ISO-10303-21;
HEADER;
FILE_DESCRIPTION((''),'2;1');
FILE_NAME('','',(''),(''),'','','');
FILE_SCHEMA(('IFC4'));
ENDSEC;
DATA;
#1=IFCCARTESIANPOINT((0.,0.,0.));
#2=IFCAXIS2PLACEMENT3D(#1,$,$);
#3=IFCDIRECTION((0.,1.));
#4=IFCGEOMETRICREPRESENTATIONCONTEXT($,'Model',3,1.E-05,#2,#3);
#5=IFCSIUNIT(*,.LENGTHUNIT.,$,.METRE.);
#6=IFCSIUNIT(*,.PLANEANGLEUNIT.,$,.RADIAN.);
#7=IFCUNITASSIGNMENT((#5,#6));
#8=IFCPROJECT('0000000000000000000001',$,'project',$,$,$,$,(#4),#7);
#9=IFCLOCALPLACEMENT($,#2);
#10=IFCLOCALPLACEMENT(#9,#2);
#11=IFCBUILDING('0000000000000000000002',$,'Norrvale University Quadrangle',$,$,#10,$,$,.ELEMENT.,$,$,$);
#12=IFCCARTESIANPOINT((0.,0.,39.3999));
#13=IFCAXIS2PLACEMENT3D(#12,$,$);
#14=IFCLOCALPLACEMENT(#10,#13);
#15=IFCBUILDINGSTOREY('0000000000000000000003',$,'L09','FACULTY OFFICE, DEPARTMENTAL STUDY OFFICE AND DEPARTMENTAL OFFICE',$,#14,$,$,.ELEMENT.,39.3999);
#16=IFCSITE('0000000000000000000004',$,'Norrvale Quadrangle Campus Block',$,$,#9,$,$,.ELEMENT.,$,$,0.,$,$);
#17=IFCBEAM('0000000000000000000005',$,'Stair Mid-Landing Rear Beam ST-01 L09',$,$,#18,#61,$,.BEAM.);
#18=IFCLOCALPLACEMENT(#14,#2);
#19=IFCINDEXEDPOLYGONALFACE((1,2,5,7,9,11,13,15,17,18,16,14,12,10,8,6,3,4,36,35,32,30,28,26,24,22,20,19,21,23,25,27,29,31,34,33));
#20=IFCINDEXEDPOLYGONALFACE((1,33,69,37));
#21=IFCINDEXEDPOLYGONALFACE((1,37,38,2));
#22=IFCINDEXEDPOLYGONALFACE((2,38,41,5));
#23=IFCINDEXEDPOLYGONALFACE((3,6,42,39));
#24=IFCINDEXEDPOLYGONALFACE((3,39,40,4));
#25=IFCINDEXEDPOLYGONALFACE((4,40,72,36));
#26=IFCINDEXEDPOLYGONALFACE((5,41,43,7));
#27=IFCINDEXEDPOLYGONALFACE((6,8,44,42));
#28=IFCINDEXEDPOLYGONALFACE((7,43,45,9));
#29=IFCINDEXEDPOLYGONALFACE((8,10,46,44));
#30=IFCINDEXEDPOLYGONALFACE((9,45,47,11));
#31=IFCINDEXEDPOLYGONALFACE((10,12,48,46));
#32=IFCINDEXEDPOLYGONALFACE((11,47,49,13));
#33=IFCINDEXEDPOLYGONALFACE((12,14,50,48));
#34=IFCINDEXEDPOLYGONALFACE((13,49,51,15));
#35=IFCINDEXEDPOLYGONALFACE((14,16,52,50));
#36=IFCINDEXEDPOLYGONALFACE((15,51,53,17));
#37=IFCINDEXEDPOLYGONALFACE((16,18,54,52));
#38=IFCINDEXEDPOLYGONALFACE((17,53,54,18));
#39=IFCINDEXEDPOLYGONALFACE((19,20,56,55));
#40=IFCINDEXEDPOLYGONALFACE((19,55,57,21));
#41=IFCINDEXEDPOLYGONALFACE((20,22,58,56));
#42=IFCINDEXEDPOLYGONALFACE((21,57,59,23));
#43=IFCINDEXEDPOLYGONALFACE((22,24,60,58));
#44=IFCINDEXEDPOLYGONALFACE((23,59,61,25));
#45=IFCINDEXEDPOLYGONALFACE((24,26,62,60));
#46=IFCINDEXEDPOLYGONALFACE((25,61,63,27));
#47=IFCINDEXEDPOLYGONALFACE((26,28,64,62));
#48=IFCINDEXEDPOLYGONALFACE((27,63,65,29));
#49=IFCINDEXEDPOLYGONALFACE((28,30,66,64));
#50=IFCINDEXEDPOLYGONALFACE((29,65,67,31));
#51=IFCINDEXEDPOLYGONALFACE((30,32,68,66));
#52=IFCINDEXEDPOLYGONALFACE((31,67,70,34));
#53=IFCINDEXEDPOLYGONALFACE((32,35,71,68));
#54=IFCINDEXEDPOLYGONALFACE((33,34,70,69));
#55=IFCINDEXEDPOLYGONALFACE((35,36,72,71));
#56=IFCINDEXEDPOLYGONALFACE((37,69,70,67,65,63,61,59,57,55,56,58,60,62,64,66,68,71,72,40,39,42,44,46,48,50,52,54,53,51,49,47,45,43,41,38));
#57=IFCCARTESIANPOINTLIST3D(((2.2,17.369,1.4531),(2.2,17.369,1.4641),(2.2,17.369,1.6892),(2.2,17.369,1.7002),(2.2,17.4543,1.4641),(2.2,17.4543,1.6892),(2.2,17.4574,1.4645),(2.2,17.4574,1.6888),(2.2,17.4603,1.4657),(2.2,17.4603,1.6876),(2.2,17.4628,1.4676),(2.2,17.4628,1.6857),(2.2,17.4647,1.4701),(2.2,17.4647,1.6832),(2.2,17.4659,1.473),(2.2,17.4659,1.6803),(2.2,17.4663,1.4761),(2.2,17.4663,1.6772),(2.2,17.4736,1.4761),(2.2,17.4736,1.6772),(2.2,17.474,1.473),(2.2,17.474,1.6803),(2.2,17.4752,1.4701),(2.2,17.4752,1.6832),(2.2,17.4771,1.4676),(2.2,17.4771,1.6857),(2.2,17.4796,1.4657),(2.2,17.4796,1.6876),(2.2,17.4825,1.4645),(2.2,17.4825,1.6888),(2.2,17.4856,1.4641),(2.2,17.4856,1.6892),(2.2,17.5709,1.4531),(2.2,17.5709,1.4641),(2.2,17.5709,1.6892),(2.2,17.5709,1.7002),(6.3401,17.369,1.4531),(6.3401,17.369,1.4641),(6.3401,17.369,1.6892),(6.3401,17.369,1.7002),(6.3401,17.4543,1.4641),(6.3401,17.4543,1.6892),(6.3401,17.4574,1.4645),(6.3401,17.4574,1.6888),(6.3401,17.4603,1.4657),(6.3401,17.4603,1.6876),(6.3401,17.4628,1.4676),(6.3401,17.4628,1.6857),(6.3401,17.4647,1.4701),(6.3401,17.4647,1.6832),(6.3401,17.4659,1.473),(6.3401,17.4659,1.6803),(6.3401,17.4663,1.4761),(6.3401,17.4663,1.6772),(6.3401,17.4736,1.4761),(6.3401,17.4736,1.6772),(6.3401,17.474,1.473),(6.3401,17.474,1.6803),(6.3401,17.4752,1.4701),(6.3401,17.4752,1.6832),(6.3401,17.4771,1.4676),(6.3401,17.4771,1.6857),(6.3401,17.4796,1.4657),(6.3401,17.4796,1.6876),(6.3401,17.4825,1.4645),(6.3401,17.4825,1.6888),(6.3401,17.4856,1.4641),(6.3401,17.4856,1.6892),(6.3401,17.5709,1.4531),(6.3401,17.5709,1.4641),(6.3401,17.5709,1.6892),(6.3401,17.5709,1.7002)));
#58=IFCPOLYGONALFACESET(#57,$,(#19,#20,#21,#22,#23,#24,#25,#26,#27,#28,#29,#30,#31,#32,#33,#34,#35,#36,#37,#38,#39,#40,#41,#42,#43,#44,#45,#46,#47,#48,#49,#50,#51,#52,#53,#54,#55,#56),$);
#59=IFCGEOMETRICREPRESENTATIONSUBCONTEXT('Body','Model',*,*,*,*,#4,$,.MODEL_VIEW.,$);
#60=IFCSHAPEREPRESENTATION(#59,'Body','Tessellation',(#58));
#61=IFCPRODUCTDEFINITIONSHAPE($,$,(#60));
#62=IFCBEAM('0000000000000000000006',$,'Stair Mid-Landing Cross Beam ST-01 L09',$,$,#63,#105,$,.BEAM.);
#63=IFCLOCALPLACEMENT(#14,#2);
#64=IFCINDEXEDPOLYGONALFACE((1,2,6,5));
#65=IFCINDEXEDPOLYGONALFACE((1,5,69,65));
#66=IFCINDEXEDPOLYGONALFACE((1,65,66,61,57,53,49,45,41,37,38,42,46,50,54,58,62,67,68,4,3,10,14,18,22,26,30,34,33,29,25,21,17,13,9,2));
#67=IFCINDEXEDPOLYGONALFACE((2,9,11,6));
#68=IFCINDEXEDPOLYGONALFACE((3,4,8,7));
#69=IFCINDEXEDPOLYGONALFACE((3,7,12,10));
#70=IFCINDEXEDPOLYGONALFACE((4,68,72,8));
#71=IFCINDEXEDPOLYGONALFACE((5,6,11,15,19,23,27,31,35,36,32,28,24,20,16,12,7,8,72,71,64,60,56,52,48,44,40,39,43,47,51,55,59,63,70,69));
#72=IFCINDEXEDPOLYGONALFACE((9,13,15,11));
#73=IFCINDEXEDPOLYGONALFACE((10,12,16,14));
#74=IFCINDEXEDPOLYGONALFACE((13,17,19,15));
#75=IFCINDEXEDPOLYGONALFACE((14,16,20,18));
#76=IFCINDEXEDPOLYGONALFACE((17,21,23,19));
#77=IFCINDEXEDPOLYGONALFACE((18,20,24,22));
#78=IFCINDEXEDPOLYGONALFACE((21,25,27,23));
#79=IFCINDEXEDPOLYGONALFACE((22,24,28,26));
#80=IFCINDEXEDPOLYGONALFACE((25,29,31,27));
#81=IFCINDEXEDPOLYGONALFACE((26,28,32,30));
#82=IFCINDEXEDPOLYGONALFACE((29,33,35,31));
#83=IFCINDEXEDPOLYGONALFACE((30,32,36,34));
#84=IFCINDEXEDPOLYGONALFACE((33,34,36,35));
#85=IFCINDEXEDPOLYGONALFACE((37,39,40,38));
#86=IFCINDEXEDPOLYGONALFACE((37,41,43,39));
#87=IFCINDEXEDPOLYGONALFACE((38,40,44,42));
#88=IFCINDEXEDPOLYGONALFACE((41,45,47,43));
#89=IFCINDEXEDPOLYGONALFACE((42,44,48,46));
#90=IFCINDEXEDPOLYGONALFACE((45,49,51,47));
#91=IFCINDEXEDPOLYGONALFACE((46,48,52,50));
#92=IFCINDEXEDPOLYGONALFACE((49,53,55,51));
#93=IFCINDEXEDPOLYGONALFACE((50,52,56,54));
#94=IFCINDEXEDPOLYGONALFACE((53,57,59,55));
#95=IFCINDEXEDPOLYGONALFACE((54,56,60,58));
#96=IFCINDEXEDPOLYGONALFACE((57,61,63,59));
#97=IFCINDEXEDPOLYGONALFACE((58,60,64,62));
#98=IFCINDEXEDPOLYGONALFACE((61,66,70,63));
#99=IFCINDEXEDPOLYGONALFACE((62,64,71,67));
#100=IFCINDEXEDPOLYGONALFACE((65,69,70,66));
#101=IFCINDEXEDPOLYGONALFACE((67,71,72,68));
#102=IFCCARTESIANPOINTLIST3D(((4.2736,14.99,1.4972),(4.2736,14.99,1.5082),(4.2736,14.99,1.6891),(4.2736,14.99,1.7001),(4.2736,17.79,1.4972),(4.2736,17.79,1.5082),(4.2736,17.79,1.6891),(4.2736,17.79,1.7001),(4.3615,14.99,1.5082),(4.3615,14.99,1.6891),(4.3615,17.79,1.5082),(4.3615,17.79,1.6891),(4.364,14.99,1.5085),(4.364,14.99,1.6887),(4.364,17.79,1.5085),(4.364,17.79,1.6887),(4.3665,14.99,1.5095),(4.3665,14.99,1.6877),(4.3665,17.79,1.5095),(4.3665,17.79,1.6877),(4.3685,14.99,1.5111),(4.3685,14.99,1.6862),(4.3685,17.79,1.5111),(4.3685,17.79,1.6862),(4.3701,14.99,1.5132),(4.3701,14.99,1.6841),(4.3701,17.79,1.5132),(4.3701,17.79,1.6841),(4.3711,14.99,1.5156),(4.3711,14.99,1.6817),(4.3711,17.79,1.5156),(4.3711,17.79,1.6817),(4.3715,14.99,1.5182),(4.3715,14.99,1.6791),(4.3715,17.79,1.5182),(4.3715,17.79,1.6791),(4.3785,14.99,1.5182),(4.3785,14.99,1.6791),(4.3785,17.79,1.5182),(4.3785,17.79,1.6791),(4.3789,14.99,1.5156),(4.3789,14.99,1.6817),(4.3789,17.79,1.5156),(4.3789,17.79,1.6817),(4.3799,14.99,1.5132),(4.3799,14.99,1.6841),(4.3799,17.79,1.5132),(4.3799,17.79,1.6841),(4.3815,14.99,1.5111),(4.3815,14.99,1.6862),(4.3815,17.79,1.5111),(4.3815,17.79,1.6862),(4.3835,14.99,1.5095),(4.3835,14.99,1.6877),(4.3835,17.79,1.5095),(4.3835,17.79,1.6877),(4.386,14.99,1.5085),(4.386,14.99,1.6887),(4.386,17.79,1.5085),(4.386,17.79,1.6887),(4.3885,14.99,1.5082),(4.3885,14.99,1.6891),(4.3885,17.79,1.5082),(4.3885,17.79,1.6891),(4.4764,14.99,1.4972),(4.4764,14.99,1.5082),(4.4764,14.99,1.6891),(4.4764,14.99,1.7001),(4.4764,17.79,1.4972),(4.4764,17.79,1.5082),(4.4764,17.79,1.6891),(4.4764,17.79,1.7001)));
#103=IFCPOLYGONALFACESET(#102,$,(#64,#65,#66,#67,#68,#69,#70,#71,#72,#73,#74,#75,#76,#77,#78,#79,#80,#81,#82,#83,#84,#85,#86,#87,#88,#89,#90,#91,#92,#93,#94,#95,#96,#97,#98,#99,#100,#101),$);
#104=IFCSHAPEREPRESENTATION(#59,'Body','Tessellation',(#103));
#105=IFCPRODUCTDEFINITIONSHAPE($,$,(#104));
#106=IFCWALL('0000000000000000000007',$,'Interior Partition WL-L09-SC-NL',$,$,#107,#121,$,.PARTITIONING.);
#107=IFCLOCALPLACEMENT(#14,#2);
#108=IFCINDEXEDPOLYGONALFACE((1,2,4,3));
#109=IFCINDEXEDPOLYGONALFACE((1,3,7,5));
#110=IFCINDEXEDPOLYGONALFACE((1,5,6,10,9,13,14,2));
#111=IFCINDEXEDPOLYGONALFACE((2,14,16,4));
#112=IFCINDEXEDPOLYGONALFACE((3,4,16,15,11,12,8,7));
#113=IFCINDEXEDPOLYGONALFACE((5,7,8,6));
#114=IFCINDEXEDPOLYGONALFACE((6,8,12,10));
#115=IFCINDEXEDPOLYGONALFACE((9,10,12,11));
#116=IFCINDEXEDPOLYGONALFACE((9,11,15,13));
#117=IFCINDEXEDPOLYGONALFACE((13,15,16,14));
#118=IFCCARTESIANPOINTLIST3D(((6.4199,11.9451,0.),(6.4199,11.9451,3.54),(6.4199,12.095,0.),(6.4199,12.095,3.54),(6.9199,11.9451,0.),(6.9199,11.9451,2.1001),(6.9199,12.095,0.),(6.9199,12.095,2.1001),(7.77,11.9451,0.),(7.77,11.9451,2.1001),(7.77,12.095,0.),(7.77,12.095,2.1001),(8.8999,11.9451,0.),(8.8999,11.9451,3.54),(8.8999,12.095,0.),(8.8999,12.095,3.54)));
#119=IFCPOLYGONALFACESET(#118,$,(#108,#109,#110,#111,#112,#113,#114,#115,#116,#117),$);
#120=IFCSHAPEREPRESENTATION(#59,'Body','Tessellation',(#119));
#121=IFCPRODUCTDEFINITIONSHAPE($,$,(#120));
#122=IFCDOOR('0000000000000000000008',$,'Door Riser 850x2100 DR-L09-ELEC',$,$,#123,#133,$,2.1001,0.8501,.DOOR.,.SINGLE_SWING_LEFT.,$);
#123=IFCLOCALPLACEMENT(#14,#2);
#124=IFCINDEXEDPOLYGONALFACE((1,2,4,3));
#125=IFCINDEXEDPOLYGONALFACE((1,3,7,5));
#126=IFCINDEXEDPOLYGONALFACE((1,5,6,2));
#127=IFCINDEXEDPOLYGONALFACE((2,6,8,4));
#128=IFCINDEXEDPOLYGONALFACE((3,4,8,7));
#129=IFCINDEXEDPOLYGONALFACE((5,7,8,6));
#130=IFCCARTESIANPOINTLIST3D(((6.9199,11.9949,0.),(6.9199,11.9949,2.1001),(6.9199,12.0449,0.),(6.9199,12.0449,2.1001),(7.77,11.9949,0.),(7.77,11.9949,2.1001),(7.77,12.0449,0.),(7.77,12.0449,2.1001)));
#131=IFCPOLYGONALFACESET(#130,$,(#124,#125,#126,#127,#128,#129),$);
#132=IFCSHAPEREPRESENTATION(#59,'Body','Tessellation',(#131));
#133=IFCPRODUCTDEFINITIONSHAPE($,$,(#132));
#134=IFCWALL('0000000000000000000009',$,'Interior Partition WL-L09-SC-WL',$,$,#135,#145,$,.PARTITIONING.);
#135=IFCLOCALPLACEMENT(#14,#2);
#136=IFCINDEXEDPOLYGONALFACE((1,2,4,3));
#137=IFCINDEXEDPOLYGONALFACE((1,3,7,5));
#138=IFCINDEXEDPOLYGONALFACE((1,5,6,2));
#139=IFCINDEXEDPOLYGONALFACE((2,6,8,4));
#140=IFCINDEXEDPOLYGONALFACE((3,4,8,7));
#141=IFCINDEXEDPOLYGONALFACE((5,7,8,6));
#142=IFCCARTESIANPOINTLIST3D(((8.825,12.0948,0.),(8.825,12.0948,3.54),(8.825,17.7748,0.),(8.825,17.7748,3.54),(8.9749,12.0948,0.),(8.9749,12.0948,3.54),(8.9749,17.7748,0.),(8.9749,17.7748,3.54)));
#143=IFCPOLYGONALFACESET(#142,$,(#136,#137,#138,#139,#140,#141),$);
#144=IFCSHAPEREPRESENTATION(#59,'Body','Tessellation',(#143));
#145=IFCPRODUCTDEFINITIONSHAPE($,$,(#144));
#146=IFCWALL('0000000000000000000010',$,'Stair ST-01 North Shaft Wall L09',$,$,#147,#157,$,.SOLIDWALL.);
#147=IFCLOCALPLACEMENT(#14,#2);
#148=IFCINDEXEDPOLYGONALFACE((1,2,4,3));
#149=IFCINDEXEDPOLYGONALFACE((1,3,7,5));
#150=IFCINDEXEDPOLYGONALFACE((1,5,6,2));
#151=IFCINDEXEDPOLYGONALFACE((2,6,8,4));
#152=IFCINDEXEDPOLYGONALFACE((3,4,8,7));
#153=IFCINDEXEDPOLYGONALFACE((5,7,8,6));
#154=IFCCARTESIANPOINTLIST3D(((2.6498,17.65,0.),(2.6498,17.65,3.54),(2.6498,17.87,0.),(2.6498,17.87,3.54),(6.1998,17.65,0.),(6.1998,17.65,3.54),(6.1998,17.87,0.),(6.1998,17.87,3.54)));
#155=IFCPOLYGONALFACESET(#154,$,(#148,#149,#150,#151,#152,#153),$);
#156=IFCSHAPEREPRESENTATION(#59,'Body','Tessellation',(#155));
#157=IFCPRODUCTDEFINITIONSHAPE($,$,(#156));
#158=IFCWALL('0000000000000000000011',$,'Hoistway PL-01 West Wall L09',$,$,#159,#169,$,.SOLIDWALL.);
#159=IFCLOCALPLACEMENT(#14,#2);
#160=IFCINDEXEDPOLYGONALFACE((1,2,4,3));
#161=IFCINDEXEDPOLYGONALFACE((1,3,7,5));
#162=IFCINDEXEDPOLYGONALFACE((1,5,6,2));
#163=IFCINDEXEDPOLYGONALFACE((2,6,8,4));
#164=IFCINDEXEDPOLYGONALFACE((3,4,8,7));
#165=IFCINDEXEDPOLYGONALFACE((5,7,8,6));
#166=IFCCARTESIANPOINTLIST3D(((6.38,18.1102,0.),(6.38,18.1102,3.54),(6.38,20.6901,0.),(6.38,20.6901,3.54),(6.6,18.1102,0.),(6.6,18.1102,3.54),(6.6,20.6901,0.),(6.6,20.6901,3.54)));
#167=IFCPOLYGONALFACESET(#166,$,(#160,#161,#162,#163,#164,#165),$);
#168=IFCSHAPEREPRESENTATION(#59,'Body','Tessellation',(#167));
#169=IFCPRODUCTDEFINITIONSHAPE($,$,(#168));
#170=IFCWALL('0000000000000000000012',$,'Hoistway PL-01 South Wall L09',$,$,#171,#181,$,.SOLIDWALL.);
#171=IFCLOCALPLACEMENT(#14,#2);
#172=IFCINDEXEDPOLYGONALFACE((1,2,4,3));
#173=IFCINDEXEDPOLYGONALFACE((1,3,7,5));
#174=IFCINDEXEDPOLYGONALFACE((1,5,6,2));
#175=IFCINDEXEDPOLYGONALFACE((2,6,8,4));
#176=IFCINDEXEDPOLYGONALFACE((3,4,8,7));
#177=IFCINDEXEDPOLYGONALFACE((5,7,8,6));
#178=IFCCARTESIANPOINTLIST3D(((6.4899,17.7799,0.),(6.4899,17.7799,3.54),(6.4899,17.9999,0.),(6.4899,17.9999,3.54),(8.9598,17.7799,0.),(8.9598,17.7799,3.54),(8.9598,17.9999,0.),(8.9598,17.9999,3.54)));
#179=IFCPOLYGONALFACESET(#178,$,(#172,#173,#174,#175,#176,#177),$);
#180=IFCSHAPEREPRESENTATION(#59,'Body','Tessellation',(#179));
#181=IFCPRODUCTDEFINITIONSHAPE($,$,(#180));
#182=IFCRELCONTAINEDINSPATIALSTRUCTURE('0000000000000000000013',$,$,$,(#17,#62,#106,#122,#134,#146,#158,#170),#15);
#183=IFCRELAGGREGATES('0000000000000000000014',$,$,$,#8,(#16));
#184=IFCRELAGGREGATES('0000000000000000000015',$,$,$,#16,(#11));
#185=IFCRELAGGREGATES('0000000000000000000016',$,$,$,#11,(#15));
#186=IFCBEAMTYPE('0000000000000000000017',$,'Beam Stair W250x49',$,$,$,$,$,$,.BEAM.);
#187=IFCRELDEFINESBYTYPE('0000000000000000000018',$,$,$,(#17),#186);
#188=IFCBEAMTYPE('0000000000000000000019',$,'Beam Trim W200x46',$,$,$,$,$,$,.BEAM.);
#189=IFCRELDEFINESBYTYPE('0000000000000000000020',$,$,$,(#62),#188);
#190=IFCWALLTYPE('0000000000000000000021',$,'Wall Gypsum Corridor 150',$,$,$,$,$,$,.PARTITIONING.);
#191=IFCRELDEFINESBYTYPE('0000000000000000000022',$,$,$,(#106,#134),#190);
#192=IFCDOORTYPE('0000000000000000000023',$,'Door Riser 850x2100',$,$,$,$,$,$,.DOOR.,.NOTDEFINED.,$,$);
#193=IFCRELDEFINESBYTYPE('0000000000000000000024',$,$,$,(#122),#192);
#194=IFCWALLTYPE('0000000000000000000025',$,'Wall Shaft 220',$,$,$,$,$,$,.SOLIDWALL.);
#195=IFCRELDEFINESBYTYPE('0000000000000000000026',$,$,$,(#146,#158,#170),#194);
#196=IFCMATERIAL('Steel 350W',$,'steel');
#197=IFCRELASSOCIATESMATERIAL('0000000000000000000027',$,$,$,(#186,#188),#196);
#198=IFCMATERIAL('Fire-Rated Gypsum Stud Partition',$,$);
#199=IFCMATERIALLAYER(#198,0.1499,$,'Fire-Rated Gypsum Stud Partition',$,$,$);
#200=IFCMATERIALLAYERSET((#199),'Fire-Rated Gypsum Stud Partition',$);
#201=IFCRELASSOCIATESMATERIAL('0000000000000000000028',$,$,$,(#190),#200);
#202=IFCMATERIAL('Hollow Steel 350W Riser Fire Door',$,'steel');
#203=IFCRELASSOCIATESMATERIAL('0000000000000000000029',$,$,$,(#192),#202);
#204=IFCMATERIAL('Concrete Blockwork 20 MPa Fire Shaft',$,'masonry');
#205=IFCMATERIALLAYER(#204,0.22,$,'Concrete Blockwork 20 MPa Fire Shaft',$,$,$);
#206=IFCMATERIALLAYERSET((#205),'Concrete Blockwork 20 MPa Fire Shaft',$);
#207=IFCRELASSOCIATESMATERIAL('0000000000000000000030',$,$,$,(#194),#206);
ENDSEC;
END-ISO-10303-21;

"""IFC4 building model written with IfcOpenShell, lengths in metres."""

from ifc_helpers import new_model, si_unit, direction, frame, frame_2d, origin, origin_2d, place, context, subcontext, project, spatial, rectangle, i_section, extrude, material, layer, layer_set, material_profile, profile_set, type_object, element, fill, save


model = new_model("IFC4")

# Units and contexts
model_context = context("Model", 3, precision=1e-05, world=origin(), true_north=direction((0.0, 1.0)))
body_context = subcontext(model_context, "Body", "Model", "MODEL_VIEW")
ifc_project = project(units=[si_unit("LENGTHUNIT", "METRE"), si_unit("PLANEANGLEUNIT", "RADIAN")], contexts=[model_context])

# Site, building, storey
site_placement = place(None, origin())
site = spatial("IfcSite", under=ifc_project, at=site_placement, Name="Norrvale Quadrangle Campus Block", CompositionType="ELEMENT", RefElevation=0.0)
building_placement = place(site_placement, origin())
building = spatial("IfcBuilding", under=site, at=building_placement, Name="Norrvale University Quadrangle", CompositionType="ELEMENT")
storey_placement = place(building_placement, frame((0.0, 0.0, 39.3999)))
storey = spatial("IfcBuildingStorey", under=building, at=storey_placement, Name="L09", Description="FACULTY OFFICE, DEPARTMENTAL STUDY OFFICE AND DEPARTMENTAL OFFICE", CompositionType="ELEMENT", Elevation=39.3999)

# Beams
ifc_material_1 = material(Name="Steel 350W", Category="steel")
ifc_material_profile_1 = material_profile(ifc_material_1, i_section(OverallWidth=0.2019, OverallDepth=0.2471, WebThickness=0.0073, FlangeThickness=0.011, FilletRadius=0.012, at=origin_2d()), Name="Steel 350W")
ifc_profile_set_1 = profile_set([ifc_material_profile_1], Name="Steel 350W")
beam_type_1 = type_object("IfcBeamType", Name="Beam Stair W250x49", PredefinedType="BEAM", material=ifc_profile_set_1)
for number, where, z_axis, x_axis, name in (
    (1, (2.2, 17.47, 1.5767), (1.0, 0.0, 0.0), (0.0, 1.0, 0.0), "Stair Mid-Landing Rear Beam ST-01 L09"),
):
    element("IfcBeam", number, at=place(storey_placement, frame(where, z_axis=z_axis, x_axis=x_axis)), inside=storey, type_object=beam_type_1, Name=name, PredefinedType="BEAM", context=body_context, shape_type="SweptSolid", body=[
        extrude(i_section(OverallWidth=0.2019, OverallDepth=0.2471, WebThickness=0.0073, FlangeThickness=0.011, FilletRadius=0.012, at=origin_2d()), origin(), (0.0, 0.0, 1.0), 4.1401),
    ])
ifc_material_profile_2 = material_profile(ifc_material_1, i_section(OverallWidth=0.2029, OverallDepth=0.2029, WebThickness=0.0071, FlangeThickness=0.011, FilletRadius=0.01, at=origin_2d()), Name="Steel 350W")
ifc_profile_set_2 = profile_set([ifc_material_profile_2], Name="Steel 350W")
beam_type_2 = type_object("IfcBeamType", Name="Beam Trim W200x46", PredefinedType="BEAM", material=ifc_profile_set_2)
beam_1_placement = place(storey_placement, frame((4.375, 14.99, 1.5986), z_axis=(0.0, 1.0, 0.0), x_axis=(-1.0, 0.0, 0.0)))
element("IfcBeam", 2, at=beam_1_placement, inside=storey, type_object=beam_type_2, Name="Stair Mid-Landing Cross Beam ST-01 L09", PredefinedType="BEAM", context=body_context, shape_type="SweptSolid", body=[
    extrude(i_section(OverallWidth=0.2029, OverallDepth=0.2029, WebThickness=0.0071, FlangeThickness=0.011, FilletRadius=0.01, at=origin_2d()), origin(), (0.0, 0.0, 1.0), 2.8),
])

# Wall, opening, door
ifc_material_2 = material(Name="Fire-Rated Gypsum Stud Partition")
ifc_layer_1 = layer(ifc_material_2, 0.1499, Name="Fire-Rated Gypsum Stud Partition")
ifc_layer_set_1 = layer_set([ifc_layer_1], Name="Fire-Rated Gypsum Stud Partition")
wall_type_1 = type_object("IfcWallType", Name="Wall Gypsum Corridor 150", PredefinedType="PARTITIONING", material=ifc_layer_set_1)
wall_1_placement = place(storey_placement, frame((6.4199, 12.02, 0.0), z_axis=(0.0, 0.0, 1.0), x_axis=(1.0, 0.0, 0.0)))
wall_1 = element("IfcWall", 3, at=wall_1_placement, inside=storey, type_object=wall_type_1, Name="Interior Partition WL-L09-SC-NL", PredefinedType="PARTITIONING", context=body_context, shape_type="SweptSolid", body=[
    extrude(rectangle(XDim=2.48, YDim=0.1499, at=frame_2d((1.24, 0.0))), origin(), (0.0, 0.0, 1.0), 3.54),
])
opening_placement = place(wall_1_placement, frame((0.5, 0.0, 0.0)))
opening = element("IfcOpeningElement", 4, at=opening_placement, cuts=wall_1, PredefinedType="OPENING", context=body_context, shape_type="SweptSolid", body=[
    extrude(rectangle(XDim=0.8501, YDim=2.1001, at=frame_2d((0.425, 1.05))), frame((0.0, 0.0869, 0.0), z_axis=(0.0, -1.0, 0.0), x_axis=(1.0, 0.0, 0.0)), (0.0, 0.0, 1.0), 0.1738),
])
ifc_material_3 = material(Name="Hollow Steel 350W Riser Fire Door", Category="steel")
door_type = type_object("IfcDoorType", Name="Door Riser 850x2100", OperationType="NOTDEFINED", PredefinedType="DOOR", material=ifc_material_3)
door_placement = place(opening_placement, origin())
door = element("IfcDoor", 5, at=door_placement, inside=storey, type_object=door_type, Name="Door Riser 850x2100 DR-L09-ELEC", OperationType="SINGLE_SWING_LEFT", OverallHeight=2.1001, OverallWidth=0.8501, PredefinedType="DOOR", context=body_context, shape_type="SweptSolid", body=[
    extrude(rectangle(XDim=0.8501, YDim=2.1001, at=frame_2d((0.425, 1.05))), frame((0.0, 0.0249, 0.0), z_axis=(0.0, -1.0, 0.0), x_axis=(1.0, 0.0, 0.0)), (0.0, 0.0, 1.0), 0.05),
])
fill(opening, door)

# Walls
wall_2_placement = place(storey_placement, frame((8.8999, 12.095, 0.0), z_axis=(0.0, 0.0, 1.0), x_axis=(0.0, 1.0, 0.0)))
element("IfcWall", 6, at=wall_2_placement, inside=storey, type_object=wall_type_1, Name="Interior Partition WL-L09-SC-WL", PredefinedType="PARTITIONING", context=body_context, shape_type="SweptSolid", body=[
    extrude(rectangle(XDim=5.6799, YDim=0.1499, at=frame_2d((2.8398, 0.0))), origin(), (0.0, 0.0, 1.0), 3.54),
])
ifc_material_4 = material(Name="Concrete Blockwork 20 MPa Fire Shaft", Category="masonry")
ifc_layer_2 = layer(ifc_material_4, 0.22, Name="Concrete Blockwork 20 MPa Fire Shaft")
ifc_layer_set_2 = layer_set([ifc_layer_2], Name="Concrete Blockwork 20 MPa Fire Shaft")
wall_type_2 = type_object("IfcWallType", Name="Wall Shaft 220", PredefinedType="SOLIDWALL", material=ifc_layer_set_2)
wall_3_placement = place(storey_placement, frame((2.6499, 17.76, 0.0), z_axis=(0.0, 0.0, 1.0), x_axis=(1.0, 0.0, 0.0)))
element("IfcWall", 7, at=wall_3_placement, inside=storey, type_object=wall_type_2, Name="Stair ST-01 North Shaft Wall L09", PredefinedType="SOLIDWALL", context=body_context, shape_type="SweptSolid", body=[
    extrude(rectangle(XDim=3.55, YDim=0.22, at=frame_2d((1.7749, 0.0))), origin(), (0.0, 0.0, 1.0), 3.54),
])
wall_4_placement = place(storey_placement, frame((6.49, 18.1101, 0.0), z_axis=(0.0, 0.0, 1.0), x_axis=(0.0, 1.0, 0.0)))
element("IfcWall", 8, at=wall_4_placement, inside=storey, type_object=wall_type_2, Name="Hoistway PL-01 West Wall L09", PredefinedType="SOLIDWALL", context=body_context, shape_type="SweptSolid", body=[
    extrude(rectangle(XDim=2.5798, YDim=0.22, at=frame_2d((1.29, 0.0))), origin(), (0.0, 0.0, 1.0), 3.54),
])
for number, where, z_axis, x_axis, name in (
    (9, (6.49, 17.8899, 0.0), (0.0, 0.0, 1.0), (1.0, 0.0, 0.0), "Hoistway PL-01 South Wall L09"),
):
    element("IfcWall", number, at=place(storey_placement, frame(where, z_axis=z_axis, x_axis=x_axis)), inside=storey, type_object=wall_type_2, Name=name, PredefinedType="SOLIDWALL", context=body_context, shape_type="SweptSolid", body=[
        extrude(rectangle(XDim=2.47, YDim=0.22, at=frame_2d((1.2349, 0.0))), origin(), (0.0, 0.0, 1.0), 3.54),
    ])

save(model, "model.ifc")
